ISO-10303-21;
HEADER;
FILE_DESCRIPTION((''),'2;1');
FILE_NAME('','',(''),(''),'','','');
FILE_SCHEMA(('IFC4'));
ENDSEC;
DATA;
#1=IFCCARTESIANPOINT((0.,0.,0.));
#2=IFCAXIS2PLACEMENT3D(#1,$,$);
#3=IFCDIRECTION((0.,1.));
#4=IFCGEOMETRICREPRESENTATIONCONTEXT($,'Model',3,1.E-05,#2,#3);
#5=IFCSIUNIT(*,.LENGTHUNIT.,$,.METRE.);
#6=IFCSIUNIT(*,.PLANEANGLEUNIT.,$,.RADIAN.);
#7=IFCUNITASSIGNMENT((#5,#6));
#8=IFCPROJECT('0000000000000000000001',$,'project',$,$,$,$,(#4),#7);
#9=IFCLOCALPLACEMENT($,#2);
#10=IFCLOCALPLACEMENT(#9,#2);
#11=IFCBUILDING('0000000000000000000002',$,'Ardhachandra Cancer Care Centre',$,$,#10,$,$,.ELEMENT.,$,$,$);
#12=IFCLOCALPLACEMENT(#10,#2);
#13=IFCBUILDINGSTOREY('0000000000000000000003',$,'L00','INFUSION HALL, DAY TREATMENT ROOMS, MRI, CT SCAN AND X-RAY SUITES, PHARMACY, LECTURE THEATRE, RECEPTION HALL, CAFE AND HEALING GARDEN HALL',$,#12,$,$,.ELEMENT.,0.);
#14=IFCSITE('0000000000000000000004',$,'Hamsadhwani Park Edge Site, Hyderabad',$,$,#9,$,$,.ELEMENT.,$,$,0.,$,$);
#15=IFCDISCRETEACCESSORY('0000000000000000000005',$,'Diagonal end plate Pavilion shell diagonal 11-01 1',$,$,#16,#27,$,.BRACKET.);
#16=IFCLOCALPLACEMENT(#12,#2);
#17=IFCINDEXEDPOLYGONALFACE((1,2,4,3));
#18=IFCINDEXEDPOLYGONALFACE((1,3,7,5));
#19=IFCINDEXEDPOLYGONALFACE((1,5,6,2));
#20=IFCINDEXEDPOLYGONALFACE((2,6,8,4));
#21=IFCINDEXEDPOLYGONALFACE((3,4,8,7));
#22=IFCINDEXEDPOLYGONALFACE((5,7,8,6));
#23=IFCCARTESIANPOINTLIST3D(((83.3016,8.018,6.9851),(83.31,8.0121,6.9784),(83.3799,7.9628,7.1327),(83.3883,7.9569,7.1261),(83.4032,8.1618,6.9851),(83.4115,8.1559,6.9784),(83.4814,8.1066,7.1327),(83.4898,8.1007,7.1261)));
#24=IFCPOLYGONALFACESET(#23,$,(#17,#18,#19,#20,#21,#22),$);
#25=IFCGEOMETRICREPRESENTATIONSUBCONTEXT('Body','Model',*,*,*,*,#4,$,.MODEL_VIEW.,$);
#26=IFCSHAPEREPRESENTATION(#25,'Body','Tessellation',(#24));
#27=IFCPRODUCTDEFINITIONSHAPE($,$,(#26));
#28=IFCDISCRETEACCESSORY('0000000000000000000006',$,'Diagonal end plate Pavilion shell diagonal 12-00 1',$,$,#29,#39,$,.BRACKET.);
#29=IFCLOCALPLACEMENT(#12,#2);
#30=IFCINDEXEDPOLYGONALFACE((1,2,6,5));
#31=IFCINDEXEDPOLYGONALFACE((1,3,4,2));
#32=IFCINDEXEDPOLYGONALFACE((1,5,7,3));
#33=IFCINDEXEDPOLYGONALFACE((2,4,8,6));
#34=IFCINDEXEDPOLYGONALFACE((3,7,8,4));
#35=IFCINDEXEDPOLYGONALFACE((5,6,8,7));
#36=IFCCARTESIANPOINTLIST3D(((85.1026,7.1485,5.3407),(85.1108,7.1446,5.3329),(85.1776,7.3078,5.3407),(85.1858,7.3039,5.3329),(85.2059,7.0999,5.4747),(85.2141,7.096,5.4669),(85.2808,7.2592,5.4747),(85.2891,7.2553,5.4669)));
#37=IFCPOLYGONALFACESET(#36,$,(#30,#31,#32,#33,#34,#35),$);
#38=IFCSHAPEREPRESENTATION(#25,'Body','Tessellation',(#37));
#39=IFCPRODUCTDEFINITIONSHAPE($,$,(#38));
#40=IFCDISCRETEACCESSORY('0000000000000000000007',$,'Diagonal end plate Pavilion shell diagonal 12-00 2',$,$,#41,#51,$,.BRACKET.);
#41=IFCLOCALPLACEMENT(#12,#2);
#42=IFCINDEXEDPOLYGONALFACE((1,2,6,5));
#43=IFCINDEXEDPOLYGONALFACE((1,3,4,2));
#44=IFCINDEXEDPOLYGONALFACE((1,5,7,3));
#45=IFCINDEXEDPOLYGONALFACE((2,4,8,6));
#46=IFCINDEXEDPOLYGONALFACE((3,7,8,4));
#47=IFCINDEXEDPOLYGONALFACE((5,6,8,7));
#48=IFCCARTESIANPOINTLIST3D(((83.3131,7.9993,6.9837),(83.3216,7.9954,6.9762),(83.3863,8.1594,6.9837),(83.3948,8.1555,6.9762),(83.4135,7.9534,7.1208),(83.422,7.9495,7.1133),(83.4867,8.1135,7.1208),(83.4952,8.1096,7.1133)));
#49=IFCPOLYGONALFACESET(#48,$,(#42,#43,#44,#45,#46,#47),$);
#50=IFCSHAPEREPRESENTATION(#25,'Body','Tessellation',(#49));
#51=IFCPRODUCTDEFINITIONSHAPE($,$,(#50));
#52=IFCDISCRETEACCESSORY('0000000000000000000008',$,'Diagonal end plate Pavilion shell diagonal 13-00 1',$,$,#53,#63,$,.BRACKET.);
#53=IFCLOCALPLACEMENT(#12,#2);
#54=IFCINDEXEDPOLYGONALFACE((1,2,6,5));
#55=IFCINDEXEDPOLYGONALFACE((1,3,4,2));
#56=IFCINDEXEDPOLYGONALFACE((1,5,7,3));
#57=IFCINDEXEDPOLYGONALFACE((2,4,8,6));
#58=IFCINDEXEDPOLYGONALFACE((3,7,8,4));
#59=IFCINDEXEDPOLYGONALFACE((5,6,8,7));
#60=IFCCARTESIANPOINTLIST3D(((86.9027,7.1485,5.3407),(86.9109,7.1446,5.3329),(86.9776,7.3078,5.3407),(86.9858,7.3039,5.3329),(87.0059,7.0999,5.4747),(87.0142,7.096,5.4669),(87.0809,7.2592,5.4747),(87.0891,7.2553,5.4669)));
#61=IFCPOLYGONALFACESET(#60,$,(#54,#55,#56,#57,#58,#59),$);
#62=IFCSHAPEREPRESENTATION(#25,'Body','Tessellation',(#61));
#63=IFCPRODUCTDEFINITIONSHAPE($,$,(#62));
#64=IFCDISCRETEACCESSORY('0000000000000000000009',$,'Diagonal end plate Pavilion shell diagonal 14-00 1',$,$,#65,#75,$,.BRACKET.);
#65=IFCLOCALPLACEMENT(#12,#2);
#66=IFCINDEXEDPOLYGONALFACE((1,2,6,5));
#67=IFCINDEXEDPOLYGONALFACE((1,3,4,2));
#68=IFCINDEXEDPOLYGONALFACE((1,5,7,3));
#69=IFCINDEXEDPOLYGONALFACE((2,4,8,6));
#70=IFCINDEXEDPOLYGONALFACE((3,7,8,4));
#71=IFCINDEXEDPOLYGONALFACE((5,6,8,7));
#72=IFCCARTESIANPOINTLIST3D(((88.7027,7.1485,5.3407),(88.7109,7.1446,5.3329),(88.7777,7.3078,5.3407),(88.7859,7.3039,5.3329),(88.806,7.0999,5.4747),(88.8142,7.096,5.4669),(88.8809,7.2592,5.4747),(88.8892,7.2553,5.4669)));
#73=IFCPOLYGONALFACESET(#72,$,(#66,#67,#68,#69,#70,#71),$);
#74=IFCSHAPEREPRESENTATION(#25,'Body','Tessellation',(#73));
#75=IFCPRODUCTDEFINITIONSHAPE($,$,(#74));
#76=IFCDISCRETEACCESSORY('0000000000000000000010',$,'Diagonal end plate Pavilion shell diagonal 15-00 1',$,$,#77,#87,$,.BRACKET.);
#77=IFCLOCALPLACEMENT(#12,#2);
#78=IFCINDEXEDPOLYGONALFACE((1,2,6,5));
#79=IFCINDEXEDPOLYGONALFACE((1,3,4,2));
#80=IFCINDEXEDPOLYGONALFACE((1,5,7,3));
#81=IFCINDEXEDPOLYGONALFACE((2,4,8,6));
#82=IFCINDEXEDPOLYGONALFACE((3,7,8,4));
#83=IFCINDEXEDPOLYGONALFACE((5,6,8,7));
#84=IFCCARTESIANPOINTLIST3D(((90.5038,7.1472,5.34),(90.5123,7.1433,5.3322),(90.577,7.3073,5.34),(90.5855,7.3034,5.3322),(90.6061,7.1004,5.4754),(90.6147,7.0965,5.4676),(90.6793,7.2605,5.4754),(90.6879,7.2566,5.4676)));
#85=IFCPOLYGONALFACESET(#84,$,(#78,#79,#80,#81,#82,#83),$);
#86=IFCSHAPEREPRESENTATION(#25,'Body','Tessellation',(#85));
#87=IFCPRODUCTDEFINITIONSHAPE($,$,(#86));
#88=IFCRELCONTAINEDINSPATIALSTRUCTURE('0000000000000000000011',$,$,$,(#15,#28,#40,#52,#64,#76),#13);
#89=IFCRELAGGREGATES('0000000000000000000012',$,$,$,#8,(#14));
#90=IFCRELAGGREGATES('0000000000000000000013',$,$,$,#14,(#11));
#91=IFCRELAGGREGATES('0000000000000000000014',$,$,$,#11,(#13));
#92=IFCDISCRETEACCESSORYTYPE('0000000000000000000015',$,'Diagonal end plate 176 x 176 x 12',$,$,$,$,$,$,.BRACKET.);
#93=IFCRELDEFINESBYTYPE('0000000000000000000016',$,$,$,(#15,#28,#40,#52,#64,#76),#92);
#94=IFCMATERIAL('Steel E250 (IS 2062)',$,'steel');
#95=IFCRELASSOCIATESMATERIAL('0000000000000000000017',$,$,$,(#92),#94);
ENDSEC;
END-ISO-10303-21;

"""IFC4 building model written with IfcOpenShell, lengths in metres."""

from ifc_helpers import new_model, si_unit, direction, frame, origin, origin_2d, place, context, subcontext, project, spatial, rectangle, extrude, material, material_profile, profile_set, type_object, element, save


model = new_model("IFC4")

# Units and contexts
model_context = context("Model", 3, precision=1e-05, world=origin(), true_north=direction((0.0, 1.0)))
body_context = subcontext(model_context, "Body", "Model", "MODEL_VIEW")
ifc_project = project(units=[si_unit("LENGTHUNIT", "METRE"), si_unit("PLANEANGLEUNIT", "RADIAN")], contexts=[model_context])

# Site, building, storey
site_placement = place(None, origin())
site = spatial("IfcSite", under=ifc_project, at=site_placement, Name="Hamsadhwani Park Edge Site, Hyderabad", CompositionType="ELEMENT", RefElevation=0.0)
building_placement = place(site_placement, origin())
building = spatial("IfcBuilding", under=site, at=building_placement, Name="Ardhachandra Cancer Care Centre", CompositionType="ELEMENT")
storey_placement = place(building_placement, origin())
storey = spatial("IfcBuildingStorey", under=building, at=storey_placement, Name="L00", Description="INFUSION HALL, DAY TREATMENT ROOMS, MRI, CT SCAN AND X-RAY SUITES, PHARMACY, LECTURE THEATRE, RECEPTION HALL, CAFE AND HEALING GARDEN HALL", CompositionType="ELEMENT", Elevation=0.0)

# Discrete accessories
ifc_material_1 = material(Name="Steel E250 (IS 2062)", Category="steel")
ifc_material_profile_1 = material_profile(ifc_material_1, rectangle(XDim=0.176, YDim=0.176, at=origin_2d()), Name="PL 176x176x12")
ifc_profile_set_1 = profile_set([ifc_material_profile_1], Name="Steel E250 (IS 2062)")
discrete_accessory_type = type_object("IfcDiscreteAccessoryType", Name="Diagonal end plate 176 x 176 x 12", PredefinedType="BRACKET", material=ifc_profile_set_1)
discrete_accessory_1_placement = place(storey_placement, frame((83.3999, 8.0564, 7.0522), z_axis=(-0.685367, 0.483788, 0.544262), x_axis=(-0.576683, -0.816968, 0.0)))
element("IfcDiscreteAccessory", 1, at=discrete_accessory_1_placement, inside=storey, type_object=discrete_accessory_type, Name="Diagonal end plate Pavilion shell diagonal 11-01 1", PredefinedType="BRACKET", context=body_context, shape_type="SweptSolid", body=[
    extrude(rectangle(XDim=0.176, YDim=0.176, at=origin_2d()), origin(), (0.0, 0.0, 1.0), 0.0122),
])
for number, where, z_axis, x_axis, name in (
    (2, (85.2, 7.2, 5.3999), (-0.688875, 0.324176, 0.648353), (-0.425797, -0.904819, 0.0), "Diagonal end plate Pavilion shell diagonal 12-00 1"),
    (3, (83.3999, 8.0564, 7.0522), (0.708264, -0.323778, -0.62732), (0.41576, 0.909474, 0.0), "Diagonal end plate Pavilion shell diagonal 12-00 2"),
    (4, (87.0, 7.2, 5.3999), (-0.688875, 0.324176, 0.648353), (-0.425797, -0.904819, 0.0), "Diagonal end plate Pavilion shell diagonal 13-00 1"),
    (5, (88.8, 7.2, 5.3999), (-0.688875, 0.324176, 0.648353), (-0.425797, -0.904819, 0.0), "Diagonal end plate Pavilion shell diagonal 14-00 1"),
):
    element("IfcDiscreteAccessory", number, at=place(storey_placement, frame(where, z_axis=z_axis, x_axis=x_axis)), inside=storey, type_object=discrete_accessory_type, Name=name, PredefinedType="BRACKET", context=body_context, shape_type="SweptSolid", body=[
        extrude(rectangle(XDim=0.176, YDim=0.176, at=origin_2d()), origin(), (0.0, 0.0, 1.0), 0.012),
    ])
discrete_accessory_2_placement = place(storey_placement, frame((90.6001, 7.2, 5.3999), z_axis=(-0.699301, 0.31968, 0.639361), x_axis=(-0.41576, -0.909474, 0.0)))
element("IfcDiscreteAccessory", 6, at=discrete_accessory_2_placement, inside=storey, type_object=discrete_accessory_type, Name="Diagonal end plate Pavilion shell diagonal 15-00 1", PredefinedType="BRACKET", context=body_context, shape_type="SweptSolid", body=[
    extrude(rectangle(XDim=0.176, YDim=0.176, at=origin_2d()), origin(), (0.0, 0.0, 1.0), 0.0122),
])

save(model, "model.ifc")
